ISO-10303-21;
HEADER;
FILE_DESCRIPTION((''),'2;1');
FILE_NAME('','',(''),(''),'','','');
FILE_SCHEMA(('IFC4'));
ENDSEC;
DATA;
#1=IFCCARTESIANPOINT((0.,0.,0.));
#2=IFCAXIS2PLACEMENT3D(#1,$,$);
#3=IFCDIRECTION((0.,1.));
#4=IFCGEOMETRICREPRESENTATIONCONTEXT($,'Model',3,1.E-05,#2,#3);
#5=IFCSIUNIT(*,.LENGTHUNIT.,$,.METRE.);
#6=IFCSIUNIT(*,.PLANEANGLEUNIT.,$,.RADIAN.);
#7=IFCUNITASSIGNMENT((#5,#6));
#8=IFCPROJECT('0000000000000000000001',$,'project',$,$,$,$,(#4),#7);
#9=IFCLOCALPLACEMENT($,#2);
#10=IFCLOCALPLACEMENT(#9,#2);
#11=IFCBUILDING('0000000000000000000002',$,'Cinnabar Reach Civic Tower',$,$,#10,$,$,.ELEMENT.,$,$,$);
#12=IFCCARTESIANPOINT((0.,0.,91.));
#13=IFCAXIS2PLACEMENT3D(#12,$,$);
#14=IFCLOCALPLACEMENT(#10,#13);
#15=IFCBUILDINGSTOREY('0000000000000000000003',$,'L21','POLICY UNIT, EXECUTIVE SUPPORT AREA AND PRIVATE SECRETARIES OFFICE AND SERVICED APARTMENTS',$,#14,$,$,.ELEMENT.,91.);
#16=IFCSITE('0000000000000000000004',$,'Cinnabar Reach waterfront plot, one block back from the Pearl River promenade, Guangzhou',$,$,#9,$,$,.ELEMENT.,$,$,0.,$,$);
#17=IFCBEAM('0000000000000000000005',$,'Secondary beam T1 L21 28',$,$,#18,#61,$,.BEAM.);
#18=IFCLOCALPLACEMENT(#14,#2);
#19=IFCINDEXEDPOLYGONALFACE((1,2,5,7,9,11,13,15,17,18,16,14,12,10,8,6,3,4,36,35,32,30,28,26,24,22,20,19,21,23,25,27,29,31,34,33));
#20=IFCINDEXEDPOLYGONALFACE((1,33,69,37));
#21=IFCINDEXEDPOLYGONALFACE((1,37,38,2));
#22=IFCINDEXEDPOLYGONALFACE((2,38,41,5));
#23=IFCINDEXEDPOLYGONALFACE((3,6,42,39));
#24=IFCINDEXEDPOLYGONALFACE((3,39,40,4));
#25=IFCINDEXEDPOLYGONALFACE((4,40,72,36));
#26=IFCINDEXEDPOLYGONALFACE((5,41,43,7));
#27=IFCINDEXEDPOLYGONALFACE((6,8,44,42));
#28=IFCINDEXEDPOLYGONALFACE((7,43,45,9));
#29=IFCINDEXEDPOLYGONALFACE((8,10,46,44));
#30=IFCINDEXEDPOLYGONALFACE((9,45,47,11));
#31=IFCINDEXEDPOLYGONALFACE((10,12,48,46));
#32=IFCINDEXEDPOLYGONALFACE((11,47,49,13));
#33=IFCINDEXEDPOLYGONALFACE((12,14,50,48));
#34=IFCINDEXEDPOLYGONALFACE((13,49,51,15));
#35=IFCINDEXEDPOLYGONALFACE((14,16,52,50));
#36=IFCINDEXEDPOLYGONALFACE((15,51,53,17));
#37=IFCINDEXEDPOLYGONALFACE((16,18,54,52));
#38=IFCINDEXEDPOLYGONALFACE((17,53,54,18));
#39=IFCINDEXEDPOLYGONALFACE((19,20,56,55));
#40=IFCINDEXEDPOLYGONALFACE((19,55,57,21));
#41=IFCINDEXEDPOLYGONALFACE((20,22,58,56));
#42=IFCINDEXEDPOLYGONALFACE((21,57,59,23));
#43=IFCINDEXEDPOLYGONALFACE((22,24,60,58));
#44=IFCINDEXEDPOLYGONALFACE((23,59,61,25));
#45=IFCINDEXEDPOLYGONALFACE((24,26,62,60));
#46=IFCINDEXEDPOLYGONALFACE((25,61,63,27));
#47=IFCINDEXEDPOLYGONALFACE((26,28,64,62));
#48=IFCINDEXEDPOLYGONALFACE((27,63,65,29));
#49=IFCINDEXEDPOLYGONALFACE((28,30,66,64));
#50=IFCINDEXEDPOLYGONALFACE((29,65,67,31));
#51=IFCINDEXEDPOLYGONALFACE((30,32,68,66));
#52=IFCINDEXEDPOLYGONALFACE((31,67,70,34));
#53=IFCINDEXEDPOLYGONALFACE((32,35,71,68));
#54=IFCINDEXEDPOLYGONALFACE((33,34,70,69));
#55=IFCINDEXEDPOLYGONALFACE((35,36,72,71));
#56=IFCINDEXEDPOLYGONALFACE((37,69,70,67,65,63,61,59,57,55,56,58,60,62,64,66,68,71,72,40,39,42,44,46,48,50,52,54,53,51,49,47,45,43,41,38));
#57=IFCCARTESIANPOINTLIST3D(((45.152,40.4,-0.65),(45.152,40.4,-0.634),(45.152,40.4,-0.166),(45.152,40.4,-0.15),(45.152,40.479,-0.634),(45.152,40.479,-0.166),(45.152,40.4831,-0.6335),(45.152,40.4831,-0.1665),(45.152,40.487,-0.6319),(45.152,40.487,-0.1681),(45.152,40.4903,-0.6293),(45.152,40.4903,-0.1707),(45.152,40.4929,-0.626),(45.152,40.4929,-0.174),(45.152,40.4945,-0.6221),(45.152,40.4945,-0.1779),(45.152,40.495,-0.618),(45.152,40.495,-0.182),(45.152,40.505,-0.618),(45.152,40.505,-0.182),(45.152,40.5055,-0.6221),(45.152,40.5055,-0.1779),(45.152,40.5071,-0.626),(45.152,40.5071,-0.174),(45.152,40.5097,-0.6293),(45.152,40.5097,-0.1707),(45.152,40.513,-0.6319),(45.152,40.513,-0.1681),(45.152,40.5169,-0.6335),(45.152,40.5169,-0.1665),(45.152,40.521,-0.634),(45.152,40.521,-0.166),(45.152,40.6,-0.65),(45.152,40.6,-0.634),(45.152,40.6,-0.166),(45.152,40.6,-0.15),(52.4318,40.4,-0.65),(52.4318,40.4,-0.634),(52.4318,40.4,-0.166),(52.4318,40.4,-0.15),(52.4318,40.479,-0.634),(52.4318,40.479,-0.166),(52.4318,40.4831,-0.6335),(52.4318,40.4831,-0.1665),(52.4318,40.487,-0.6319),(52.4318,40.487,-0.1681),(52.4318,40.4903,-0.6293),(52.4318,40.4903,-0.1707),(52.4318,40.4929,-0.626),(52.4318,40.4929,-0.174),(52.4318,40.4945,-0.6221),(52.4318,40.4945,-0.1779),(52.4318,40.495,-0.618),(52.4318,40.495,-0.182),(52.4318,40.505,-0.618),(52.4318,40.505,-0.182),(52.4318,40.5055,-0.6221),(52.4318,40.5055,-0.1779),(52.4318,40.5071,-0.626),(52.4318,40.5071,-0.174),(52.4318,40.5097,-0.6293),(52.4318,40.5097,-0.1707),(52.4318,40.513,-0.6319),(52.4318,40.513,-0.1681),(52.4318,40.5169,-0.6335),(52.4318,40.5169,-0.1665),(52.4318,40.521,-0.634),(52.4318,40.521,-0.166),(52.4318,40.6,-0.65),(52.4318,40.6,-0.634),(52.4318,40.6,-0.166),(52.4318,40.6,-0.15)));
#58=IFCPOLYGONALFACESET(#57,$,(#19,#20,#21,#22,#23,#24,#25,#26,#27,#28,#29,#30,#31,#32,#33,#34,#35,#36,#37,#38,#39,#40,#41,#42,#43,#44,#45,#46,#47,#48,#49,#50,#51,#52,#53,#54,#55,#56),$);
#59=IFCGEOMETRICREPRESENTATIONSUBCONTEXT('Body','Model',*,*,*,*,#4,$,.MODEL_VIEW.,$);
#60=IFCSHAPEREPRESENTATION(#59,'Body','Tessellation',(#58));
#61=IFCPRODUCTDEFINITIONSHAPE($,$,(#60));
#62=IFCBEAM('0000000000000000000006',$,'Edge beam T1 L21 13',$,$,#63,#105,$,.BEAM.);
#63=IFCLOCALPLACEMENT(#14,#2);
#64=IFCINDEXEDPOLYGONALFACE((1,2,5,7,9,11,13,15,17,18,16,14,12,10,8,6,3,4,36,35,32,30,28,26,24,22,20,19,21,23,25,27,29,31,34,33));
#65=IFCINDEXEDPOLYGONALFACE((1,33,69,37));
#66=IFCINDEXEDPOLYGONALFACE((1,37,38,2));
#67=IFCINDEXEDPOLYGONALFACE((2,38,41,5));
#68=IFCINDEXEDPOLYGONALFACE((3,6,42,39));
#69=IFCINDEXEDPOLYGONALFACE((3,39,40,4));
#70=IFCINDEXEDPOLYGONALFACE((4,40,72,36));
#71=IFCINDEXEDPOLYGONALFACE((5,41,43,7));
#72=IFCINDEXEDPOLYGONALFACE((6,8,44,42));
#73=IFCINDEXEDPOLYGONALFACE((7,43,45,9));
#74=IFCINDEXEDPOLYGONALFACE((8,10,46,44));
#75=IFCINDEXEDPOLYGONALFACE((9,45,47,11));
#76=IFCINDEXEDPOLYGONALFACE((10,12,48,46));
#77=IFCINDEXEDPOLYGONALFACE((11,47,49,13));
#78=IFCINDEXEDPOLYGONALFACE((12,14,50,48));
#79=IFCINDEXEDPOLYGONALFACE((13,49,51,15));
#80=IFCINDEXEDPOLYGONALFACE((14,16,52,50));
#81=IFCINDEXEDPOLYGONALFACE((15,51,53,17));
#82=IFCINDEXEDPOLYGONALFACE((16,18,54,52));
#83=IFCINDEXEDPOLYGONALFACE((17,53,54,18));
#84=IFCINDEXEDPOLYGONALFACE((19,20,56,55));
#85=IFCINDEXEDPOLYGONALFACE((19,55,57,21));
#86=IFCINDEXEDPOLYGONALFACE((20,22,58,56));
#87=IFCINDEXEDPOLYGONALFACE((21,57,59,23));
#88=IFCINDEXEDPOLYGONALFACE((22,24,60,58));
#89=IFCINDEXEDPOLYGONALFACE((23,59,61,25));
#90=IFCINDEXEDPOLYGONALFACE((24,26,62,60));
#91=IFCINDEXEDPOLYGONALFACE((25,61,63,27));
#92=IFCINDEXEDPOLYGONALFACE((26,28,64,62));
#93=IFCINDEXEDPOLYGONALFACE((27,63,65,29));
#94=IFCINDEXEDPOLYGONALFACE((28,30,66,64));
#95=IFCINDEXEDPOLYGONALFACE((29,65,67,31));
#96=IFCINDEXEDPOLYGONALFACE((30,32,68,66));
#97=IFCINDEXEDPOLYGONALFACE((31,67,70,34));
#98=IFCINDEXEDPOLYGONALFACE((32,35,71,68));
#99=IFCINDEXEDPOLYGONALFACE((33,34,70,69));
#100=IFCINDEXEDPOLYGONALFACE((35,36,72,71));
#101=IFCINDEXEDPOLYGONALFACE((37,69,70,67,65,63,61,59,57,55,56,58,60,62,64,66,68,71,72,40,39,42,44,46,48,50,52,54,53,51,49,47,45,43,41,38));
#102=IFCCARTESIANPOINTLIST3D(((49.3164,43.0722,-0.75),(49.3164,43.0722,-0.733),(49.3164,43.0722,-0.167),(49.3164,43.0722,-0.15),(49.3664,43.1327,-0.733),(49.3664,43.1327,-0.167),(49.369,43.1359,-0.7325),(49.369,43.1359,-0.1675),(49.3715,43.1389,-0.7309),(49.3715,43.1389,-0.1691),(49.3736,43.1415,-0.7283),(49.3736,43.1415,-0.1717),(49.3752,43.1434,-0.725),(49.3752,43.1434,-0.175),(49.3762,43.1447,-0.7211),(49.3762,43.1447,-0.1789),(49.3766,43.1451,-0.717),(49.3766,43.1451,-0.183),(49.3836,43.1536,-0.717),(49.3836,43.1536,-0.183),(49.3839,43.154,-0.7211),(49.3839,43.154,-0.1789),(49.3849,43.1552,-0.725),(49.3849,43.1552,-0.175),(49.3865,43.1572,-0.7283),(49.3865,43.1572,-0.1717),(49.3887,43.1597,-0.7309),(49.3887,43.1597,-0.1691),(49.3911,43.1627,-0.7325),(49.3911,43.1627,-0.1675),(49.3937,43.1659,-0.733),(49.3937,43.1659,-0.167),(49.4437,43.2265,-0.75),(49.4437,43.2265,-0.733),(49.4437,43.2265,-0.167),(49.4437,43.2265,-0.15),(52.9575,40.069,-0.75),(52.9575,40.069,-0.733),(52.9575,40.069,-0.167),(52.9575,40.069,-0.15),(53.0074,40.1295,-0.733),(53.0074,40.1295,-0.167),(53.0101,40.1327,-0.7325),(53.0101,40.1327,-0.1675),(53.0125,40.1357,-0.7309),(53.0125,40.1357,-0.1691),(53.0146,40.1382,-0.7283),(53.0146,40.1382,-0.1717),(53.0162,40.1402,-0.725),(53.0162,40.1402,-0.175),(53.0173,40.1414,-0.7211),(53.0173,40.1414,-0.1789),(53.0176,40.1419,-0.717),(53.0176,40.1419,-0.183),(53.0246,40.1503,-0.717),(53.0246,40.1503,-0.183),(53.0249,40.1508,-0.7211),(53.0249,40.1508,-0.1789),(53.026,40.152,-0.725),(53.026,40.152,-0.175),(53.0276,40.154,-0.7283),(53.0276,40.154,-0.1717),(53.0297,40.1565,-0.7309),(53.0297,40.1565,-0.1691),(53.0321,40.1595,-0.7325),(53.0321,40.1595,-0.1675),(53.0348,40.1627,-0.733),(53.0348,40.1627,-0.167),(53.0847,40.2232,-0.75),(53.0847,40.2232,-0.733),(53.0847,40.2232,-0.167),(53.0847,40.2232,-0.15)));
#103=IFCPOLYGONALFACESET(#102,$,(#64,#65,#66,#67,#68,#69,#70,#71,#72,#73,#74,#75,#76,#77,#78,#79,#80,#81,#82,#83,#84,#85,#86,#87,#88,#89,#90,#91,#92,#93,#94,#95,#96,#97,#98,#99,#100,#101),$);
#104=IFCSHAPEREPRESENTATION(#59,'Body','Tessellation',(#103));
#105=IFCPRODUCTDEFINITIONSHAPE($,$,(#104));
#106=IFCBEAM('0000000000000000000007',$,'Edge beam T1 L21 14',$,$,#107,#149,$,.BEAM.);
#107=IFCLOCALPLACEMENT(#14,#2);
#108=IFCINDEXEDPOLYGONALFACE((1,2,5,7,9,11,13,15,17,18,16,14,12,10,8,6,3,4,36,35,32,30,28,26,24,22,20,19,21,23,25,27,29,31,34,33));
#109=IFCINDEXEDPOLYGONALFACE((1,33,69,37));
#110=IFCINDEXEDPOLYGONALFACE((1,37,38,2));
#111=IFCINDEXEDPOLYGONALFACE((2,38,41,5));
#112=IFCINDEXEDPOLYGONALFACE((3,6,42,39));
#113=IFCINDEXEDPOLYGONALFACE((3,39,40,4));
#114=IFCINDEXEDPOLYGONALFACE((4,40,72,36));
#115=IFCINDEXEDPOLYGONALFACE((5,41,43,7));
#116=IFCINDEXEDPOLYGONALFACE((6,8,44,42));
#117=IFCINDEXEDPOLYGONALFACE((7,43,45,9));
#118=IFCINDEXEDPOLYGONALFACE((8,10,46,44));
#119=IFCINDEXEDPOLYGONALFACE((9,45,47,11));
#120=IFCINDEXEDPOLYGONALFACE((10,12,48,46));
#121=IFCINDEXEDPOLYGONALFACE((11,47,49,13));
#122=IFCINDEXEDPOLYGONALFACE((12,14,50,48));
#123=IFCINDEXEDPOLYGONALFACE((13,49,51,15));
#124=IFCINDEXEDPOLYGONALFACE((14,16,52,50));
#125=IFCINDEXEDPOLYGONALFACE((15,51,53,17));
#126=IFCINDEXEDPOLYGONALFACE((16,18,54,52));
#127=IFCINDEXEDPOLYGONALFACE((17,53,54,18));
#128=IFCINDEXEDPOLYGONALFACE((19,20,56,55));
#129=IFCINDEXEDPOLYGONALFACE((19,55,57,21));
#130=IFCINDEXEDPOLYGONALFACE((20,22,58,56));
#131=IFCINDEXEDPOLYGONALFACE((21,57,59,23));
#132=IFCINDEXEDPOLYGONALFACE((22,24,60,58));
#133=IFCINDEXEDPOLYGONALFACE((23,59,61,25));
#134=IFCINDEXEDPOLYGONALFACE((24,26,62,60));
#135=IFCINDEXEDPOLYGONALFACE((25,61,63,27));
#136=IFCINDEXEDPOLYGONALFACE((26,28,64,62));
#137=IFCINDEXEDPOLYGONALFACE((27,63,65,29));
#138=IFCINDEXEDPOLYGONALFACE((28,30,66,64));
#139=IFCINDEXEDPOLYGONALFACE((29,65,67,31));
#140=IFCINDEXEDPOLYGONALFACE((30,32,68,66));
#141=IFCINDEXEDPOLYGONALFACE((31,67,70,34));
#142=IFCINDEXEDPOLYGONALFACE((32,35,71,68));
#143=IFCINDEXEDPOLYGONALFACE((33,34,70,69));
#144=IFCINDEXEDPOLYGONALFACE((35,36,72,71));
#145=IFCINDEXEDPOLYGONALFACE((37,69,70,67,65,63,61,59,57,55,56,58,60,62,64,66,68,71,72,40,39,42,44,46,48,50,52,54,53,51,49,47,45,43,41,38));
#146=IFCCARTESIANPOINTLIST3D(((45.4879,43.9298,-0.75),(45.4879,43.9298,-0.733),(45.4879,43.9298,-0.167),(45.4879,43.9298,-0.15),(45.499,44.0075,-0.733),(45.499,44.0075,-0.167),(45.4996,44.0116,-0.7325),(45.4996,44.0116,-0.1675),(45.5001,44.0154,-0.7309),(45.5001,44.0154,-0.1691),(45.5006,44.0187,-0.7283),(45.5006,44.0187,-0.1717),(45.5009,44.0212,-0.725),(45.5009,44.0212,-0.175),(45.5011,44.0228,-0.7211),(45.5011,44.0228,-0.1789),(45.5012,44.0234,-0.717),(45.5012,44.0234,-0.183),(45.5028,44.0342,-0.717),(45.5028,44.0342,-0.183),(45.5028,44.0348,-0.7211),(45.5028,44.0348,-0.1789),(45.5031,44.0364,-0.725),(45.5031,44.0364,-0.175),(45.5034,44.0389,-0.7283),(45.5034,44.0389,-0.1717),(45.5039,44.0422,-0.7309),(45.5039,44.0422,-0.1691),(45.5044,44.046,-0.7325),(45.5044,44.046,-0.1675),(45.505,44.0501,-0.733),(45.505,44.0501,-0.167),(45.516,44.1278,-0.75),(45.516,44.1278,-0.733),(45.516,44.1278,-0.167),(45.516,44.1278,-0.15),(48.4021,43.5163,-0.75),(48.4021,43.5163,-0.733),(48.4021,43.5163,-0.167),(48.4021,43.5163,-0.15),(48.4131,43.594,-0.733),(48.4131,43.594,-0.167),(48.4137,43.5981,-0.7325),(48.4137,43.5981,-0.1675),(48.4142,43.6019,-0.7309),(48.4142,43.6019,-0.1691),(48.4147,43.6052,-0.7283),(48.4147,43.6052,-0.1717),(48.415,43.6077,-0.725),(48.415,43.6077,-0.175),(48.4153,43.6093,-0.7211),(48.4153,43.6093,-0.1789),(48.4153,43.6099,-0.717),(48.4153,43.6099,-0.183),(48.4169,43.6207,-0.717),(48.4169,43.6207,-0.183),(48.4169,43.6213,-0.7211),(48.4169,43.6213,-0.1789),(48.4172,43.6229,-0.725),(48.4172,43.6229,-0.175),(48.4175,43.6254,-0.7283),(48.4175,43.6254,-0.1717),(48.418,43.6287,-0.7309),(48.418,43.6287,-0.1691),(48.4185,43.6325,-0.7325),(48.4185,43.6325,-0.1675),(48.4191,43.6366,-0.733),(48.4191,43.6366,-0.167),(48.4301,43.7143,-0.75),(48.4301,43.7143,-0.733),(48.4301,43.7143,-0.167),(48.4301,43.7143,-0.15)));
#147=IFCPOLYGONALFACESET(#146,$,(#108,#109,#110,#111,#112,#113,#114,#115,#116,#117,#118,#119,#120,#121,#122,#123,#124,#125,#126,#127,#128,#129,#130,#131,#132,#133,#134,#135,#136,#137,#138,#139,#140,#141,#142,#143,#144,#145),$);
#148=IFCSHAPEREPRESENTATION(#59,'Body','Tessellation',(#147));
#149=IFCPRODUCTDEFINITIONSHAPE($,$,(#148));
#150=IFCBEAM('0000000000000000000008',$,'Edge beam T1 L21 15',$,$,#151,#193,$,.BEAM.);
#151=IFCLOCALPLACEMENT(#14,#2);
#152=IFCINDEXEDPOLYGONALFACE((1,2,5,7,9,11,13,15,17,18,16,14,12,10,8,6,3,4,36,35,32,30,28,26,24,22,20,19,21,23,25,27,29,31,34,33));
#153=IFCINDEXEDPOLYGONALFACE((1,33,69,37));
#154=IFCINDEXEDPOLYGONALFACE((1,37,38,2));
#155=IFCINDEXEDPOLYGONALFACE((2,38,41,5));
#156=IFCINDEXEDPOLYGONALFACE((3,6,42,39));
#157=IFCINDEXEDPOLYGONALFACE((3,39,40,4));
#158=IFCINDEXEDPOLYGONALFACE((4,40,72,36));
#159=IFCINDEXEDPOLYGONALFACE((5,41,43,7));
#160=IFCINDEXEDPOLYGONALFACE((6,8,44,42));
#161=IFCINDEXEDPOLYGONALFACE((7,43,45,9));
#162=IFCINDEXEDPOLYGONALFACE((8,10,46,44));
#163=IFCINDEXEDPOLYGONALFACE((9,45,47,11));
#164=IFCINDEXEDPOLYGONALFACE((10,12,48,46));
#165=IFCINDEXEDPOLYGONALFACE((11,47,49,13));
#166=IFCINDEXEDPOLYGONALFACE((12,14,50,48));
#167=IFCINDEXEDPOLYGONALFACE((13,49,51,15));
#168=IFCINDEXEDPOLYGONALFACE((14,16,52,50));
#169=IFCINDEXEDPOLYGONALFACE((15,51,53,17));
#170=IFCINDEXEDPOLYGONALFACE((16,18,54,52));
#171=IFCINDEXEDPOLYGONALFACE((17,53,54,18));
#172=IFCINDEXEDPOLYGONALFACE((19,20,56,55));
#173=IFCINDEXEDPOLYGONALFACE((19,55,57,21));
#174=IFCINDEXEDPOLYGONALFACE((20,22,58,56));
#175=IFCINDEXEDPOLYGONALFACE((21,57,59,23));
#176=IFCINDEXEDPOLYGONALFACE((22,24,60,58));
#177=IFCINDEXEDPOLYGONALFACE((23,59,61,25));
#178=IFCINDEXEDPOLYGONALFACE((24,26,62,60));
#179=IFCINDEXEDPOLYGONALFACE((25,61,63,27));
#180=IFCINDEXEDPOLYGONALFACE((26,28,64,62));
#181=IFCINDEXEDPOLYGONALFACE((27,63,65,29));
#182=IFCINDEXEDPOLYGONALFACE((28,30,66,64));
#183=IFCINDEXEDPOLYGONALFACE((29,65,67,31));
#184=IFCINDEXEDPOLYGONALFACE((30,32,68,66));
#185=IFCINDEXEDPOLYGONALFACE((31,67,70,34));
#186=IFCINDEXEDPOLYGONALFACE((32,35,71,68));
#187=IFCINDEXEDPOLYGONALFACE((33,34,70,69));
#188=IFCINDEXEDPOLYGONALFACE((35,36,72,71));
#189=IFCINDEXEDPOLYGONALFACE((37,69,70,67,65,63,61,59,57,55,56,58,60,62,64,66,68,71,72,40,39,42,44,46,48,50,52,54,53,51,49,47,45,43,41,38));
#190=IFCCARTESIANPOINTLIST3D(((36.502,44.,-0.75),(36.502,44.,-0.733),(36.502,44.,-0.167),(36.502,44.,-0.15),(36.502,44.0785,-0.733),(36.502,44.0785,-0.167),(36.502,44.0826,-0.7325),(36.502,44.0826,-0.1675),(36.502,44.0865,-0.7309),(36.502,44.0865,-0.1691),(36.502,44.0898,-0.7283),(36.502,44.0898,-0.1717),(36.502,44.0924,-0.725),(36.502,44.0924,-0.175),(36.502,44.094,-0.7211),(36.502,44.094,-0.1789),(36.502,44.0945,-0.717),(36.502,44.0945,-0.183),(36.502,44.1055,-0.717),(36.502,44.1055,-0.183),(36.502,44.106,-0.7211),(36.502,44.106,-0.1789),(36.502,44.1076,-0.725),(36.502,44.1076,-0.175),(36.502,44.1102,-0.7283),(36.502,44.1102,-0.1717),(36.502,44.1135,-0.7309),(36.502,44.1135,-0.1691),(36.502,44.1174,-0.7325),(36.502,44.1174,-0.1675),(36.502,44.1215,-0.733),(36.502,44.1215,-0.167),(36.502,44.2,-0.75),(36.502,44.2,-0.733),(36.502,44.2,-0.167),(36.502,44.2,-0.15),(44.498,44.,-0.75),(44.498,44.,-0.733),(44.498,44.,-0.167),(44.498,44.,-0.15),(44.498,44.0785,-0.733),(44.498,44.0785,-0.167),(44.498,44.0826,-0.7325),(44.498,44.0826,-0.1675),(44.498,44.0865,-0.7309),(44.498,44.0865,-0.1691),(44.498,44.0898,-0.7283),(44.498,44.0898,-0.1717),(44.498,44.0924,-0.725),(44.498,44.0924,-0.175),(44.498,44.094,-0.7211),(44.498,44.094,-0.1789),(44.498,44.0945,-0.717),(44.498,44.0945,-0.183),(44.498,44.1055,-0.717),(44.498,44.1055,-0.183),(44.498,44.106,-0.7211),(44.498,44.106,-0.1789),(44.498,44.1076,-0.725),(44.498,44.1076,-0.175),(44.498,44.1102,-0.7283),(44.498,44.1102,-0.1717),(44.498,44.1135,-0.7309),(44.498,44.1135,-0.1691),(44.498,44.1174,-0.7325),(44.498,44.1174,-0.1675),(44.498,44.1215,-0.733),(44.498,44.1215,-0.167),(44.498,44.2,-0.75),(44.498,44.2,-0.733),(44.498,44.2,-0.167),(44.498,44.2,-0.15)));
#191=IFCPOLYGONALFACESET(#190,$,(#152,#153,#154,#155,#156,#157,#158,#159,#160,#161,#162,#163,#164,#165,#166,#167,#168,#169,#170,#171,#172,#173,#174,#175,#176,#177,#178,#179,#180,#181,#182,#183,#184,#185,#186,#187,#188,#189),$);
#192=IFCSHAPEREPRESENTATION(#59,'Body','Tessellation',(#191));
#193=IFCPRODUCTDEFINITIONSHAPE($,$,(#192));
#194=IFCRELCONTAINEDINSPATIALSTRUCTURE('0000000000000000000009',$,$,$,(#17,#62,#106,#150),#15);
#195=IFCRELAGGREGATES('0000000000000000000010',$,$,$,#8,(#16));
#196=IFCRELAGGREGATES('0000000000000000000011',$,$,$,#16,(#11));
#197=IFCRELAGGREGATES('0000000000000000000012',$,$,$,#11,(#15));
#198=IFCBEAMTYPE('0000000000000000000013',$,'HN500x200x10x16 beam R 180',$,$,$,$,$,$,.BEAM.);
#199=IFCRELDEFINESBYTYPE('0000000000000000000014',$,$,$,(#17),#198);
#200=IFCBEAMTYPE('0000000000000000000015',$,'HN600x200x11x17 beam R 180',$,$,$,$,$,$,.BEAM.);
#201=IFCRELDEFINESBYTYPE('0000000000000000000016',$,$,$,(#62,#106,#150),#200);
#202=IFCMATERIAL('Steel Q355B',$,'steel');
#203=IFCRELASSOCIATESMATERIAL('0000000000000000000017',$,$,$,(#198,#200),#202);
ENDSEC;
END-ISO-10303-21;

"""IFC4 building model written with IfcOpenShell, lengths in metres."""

from ifc_helpers import new_model, si_unit, direction, frame, origin, origin_2d, place, context, subcontext, project, spatial, i_section, extrude, material, material_profile, profile_set, type_object, element, save


model = new_model("IFC4")

# Units and contexts
model_context = context("Model", 3, precision=1e-05, world=origin(), true_north=direction((0.0, 1.0)))
body_context = subcontext(model_context, "Body", "Model", "MODEL_VIEW")
ifc_project = project(units=[si_unit("LENGTHUNIT", "METRE"), si_unit("PLANEANGLEUNIT", "RADIAN")], contexts=[model_context])

# Site, building, storey
site_placement = place(None, origin())
site = spatial("IfcSite", under=ifc_project, at=site_placement, Name="Cinnabar Reach waterfront plot, one block back from the Pearl River promenade, Guangzhou", CompositionType="ELEMENT", RefElevation=0.0)
building_placement = place(site_placement, origin())
building = spatial("IfcBuilding", under=site, at=building_placement, Name="Cinnabar Reach Civic Tower", CompositionType="ELEMENT")
storey_placement = place(building_placement, frame((0.0, 0.0, 91.0)))
storey = spatial("IfcBuildingStorey", under=building, at=storey_placement, Name="L21", Description="POLICY UNIT, EXECUTIVE SUPPORT AREA AND PRIVATE SECRETARIES OFFICE AND SERVICED APARTMENTS", CompositionType="ELEMENT", Elevation=91.0)

# Beams
ifc_material_1 = material(Name="Steel Q355B", Category="steel")
ifc_material_profile_1 = material_profile(ifc_material_1, i_section(OverallWidth=0.2, OverallDepth=0.5, WebThickness=0.01, FlangeThickness=0.016, FilletRadius=0.016, at=origin_2d()), Name="HN500x200x10x16")
ifc_profile_set_1 = profile_set([ifc_material_profile_1], Name="Steel Q355B")
beam_type_1 = type_object("IfcBeamType", Name="HN500x200x10x16 beam R 180", PredefinedType="BEAM", material=ifc_profile_set_1)
beam_1_placement = place(storey_placement, frame((45.152, 40.5, -0.4), z_axis=(1.0, 0.0, 0.0), x_axis=(0.0, 1.0, 0.0)))
element("IfcBeam", 1, at=beam_1_placement, inside=storey, type_object=beam_type_1, Name="Secondary beam T1 L21 28", PredefinedType="BEAM", context=body_context, shape_type="SweptSolid", body=[
    extrude(i_section(OverallWidth=0.2, OverallDepth=0.5, WebThickness=0.01, FlangeThickness=0.016, FilletRadius=0.016, at=origin_2d()), origin(), (0.0, 0.0, 1.0), 7.2798),
])
ifc_material_profile_2 = material_profile(ifc_material_1, i_section(OverallWidth=0.2, OverallDepth=0.6, WebThickness=0.011, FlangeThickness=0.017, FilletRadius=0.016, at=origin_2d()), Name="HN600x200x11x17")
ifc_profile_set_2 = profile_set([ifc_material_profile_2], Name="Steel Q355B")
beam_type_2 = type_object("IfcBeamType", Name="HN600x200x11x17 beam R 180", PredefinedType="BEAM", material=ifc_profile_set_2)
beam_2_placement = place(storey_placement, frame((53.0211, 40.1461, -0.45), z_axis=(-0.771438, 0.636304, 0.0), x_axis=(-0.636304, -0.771438, 0.0)))
element("IfcBeam", 2, at=beam_2_placement, inside=storey, type_object=beam_type_2, Name="Edge beam T1 L21 13", PredefinedType="BEAM", context=body_context, shape_type="SweptSolid", body=[
    extrude(i_section(OverallWidth=0.2, OverallDepth=0.6, WebThickness=0.011, FlangeThickness=0.017, FilletRadius=0.016, at=origin_2d()), origin(), (0.0, 0.0, 1.0), 4.7198),
])
beam_3_placement = place(storey_placement, frame((48.4161, 43.6153, -0.45), z_axis=(-0.990082, 0.140489, 0.0), x_axis=(-0.140489, -0.990082, 0.0)))
element("IfcBeam", 3, at=beam_3_placement, inside=storey, type_object=beam_type_2, Name="Edge beam T1 L21 14", PredefinedType="BEAM", context=body_context, shape_type="SweptSolid", body=[
    extrude(i_section(OverallWidth=0.2, OverallDepth=0.6, WebThickness=0.011, FlangeThickness=0.017, FilletRadius=0.016, at=origin_2d()), origin(), (0.0, 0.0, 1.0), 2.9433),
])
beam_4_placement = place(storey_placement, frame((44.498, 44.1, -0.45), z_axis=(-1.0, 0.0, 0.0), x_axis=(0.0, -1.0, 0.0)))
element("IfcBeam", 4, at=beam_4_placement, inside=storey, type_object=beam_type_2, Name="Edge beam T1 L21 15", PredefinedType="BEAM", context=body_context, shape_type="SweptSolid", body=[
    extrude(i_section(OverallWidth=0.2, OverallDepth=0.6, WebThickness=0.011, FlangeThickness=0.017, FilletRadius=0.016, at=origin_2d()), origin(), (0.0, 0.0, 1.0), 7.996),
])

save(model, "model.ifc")
